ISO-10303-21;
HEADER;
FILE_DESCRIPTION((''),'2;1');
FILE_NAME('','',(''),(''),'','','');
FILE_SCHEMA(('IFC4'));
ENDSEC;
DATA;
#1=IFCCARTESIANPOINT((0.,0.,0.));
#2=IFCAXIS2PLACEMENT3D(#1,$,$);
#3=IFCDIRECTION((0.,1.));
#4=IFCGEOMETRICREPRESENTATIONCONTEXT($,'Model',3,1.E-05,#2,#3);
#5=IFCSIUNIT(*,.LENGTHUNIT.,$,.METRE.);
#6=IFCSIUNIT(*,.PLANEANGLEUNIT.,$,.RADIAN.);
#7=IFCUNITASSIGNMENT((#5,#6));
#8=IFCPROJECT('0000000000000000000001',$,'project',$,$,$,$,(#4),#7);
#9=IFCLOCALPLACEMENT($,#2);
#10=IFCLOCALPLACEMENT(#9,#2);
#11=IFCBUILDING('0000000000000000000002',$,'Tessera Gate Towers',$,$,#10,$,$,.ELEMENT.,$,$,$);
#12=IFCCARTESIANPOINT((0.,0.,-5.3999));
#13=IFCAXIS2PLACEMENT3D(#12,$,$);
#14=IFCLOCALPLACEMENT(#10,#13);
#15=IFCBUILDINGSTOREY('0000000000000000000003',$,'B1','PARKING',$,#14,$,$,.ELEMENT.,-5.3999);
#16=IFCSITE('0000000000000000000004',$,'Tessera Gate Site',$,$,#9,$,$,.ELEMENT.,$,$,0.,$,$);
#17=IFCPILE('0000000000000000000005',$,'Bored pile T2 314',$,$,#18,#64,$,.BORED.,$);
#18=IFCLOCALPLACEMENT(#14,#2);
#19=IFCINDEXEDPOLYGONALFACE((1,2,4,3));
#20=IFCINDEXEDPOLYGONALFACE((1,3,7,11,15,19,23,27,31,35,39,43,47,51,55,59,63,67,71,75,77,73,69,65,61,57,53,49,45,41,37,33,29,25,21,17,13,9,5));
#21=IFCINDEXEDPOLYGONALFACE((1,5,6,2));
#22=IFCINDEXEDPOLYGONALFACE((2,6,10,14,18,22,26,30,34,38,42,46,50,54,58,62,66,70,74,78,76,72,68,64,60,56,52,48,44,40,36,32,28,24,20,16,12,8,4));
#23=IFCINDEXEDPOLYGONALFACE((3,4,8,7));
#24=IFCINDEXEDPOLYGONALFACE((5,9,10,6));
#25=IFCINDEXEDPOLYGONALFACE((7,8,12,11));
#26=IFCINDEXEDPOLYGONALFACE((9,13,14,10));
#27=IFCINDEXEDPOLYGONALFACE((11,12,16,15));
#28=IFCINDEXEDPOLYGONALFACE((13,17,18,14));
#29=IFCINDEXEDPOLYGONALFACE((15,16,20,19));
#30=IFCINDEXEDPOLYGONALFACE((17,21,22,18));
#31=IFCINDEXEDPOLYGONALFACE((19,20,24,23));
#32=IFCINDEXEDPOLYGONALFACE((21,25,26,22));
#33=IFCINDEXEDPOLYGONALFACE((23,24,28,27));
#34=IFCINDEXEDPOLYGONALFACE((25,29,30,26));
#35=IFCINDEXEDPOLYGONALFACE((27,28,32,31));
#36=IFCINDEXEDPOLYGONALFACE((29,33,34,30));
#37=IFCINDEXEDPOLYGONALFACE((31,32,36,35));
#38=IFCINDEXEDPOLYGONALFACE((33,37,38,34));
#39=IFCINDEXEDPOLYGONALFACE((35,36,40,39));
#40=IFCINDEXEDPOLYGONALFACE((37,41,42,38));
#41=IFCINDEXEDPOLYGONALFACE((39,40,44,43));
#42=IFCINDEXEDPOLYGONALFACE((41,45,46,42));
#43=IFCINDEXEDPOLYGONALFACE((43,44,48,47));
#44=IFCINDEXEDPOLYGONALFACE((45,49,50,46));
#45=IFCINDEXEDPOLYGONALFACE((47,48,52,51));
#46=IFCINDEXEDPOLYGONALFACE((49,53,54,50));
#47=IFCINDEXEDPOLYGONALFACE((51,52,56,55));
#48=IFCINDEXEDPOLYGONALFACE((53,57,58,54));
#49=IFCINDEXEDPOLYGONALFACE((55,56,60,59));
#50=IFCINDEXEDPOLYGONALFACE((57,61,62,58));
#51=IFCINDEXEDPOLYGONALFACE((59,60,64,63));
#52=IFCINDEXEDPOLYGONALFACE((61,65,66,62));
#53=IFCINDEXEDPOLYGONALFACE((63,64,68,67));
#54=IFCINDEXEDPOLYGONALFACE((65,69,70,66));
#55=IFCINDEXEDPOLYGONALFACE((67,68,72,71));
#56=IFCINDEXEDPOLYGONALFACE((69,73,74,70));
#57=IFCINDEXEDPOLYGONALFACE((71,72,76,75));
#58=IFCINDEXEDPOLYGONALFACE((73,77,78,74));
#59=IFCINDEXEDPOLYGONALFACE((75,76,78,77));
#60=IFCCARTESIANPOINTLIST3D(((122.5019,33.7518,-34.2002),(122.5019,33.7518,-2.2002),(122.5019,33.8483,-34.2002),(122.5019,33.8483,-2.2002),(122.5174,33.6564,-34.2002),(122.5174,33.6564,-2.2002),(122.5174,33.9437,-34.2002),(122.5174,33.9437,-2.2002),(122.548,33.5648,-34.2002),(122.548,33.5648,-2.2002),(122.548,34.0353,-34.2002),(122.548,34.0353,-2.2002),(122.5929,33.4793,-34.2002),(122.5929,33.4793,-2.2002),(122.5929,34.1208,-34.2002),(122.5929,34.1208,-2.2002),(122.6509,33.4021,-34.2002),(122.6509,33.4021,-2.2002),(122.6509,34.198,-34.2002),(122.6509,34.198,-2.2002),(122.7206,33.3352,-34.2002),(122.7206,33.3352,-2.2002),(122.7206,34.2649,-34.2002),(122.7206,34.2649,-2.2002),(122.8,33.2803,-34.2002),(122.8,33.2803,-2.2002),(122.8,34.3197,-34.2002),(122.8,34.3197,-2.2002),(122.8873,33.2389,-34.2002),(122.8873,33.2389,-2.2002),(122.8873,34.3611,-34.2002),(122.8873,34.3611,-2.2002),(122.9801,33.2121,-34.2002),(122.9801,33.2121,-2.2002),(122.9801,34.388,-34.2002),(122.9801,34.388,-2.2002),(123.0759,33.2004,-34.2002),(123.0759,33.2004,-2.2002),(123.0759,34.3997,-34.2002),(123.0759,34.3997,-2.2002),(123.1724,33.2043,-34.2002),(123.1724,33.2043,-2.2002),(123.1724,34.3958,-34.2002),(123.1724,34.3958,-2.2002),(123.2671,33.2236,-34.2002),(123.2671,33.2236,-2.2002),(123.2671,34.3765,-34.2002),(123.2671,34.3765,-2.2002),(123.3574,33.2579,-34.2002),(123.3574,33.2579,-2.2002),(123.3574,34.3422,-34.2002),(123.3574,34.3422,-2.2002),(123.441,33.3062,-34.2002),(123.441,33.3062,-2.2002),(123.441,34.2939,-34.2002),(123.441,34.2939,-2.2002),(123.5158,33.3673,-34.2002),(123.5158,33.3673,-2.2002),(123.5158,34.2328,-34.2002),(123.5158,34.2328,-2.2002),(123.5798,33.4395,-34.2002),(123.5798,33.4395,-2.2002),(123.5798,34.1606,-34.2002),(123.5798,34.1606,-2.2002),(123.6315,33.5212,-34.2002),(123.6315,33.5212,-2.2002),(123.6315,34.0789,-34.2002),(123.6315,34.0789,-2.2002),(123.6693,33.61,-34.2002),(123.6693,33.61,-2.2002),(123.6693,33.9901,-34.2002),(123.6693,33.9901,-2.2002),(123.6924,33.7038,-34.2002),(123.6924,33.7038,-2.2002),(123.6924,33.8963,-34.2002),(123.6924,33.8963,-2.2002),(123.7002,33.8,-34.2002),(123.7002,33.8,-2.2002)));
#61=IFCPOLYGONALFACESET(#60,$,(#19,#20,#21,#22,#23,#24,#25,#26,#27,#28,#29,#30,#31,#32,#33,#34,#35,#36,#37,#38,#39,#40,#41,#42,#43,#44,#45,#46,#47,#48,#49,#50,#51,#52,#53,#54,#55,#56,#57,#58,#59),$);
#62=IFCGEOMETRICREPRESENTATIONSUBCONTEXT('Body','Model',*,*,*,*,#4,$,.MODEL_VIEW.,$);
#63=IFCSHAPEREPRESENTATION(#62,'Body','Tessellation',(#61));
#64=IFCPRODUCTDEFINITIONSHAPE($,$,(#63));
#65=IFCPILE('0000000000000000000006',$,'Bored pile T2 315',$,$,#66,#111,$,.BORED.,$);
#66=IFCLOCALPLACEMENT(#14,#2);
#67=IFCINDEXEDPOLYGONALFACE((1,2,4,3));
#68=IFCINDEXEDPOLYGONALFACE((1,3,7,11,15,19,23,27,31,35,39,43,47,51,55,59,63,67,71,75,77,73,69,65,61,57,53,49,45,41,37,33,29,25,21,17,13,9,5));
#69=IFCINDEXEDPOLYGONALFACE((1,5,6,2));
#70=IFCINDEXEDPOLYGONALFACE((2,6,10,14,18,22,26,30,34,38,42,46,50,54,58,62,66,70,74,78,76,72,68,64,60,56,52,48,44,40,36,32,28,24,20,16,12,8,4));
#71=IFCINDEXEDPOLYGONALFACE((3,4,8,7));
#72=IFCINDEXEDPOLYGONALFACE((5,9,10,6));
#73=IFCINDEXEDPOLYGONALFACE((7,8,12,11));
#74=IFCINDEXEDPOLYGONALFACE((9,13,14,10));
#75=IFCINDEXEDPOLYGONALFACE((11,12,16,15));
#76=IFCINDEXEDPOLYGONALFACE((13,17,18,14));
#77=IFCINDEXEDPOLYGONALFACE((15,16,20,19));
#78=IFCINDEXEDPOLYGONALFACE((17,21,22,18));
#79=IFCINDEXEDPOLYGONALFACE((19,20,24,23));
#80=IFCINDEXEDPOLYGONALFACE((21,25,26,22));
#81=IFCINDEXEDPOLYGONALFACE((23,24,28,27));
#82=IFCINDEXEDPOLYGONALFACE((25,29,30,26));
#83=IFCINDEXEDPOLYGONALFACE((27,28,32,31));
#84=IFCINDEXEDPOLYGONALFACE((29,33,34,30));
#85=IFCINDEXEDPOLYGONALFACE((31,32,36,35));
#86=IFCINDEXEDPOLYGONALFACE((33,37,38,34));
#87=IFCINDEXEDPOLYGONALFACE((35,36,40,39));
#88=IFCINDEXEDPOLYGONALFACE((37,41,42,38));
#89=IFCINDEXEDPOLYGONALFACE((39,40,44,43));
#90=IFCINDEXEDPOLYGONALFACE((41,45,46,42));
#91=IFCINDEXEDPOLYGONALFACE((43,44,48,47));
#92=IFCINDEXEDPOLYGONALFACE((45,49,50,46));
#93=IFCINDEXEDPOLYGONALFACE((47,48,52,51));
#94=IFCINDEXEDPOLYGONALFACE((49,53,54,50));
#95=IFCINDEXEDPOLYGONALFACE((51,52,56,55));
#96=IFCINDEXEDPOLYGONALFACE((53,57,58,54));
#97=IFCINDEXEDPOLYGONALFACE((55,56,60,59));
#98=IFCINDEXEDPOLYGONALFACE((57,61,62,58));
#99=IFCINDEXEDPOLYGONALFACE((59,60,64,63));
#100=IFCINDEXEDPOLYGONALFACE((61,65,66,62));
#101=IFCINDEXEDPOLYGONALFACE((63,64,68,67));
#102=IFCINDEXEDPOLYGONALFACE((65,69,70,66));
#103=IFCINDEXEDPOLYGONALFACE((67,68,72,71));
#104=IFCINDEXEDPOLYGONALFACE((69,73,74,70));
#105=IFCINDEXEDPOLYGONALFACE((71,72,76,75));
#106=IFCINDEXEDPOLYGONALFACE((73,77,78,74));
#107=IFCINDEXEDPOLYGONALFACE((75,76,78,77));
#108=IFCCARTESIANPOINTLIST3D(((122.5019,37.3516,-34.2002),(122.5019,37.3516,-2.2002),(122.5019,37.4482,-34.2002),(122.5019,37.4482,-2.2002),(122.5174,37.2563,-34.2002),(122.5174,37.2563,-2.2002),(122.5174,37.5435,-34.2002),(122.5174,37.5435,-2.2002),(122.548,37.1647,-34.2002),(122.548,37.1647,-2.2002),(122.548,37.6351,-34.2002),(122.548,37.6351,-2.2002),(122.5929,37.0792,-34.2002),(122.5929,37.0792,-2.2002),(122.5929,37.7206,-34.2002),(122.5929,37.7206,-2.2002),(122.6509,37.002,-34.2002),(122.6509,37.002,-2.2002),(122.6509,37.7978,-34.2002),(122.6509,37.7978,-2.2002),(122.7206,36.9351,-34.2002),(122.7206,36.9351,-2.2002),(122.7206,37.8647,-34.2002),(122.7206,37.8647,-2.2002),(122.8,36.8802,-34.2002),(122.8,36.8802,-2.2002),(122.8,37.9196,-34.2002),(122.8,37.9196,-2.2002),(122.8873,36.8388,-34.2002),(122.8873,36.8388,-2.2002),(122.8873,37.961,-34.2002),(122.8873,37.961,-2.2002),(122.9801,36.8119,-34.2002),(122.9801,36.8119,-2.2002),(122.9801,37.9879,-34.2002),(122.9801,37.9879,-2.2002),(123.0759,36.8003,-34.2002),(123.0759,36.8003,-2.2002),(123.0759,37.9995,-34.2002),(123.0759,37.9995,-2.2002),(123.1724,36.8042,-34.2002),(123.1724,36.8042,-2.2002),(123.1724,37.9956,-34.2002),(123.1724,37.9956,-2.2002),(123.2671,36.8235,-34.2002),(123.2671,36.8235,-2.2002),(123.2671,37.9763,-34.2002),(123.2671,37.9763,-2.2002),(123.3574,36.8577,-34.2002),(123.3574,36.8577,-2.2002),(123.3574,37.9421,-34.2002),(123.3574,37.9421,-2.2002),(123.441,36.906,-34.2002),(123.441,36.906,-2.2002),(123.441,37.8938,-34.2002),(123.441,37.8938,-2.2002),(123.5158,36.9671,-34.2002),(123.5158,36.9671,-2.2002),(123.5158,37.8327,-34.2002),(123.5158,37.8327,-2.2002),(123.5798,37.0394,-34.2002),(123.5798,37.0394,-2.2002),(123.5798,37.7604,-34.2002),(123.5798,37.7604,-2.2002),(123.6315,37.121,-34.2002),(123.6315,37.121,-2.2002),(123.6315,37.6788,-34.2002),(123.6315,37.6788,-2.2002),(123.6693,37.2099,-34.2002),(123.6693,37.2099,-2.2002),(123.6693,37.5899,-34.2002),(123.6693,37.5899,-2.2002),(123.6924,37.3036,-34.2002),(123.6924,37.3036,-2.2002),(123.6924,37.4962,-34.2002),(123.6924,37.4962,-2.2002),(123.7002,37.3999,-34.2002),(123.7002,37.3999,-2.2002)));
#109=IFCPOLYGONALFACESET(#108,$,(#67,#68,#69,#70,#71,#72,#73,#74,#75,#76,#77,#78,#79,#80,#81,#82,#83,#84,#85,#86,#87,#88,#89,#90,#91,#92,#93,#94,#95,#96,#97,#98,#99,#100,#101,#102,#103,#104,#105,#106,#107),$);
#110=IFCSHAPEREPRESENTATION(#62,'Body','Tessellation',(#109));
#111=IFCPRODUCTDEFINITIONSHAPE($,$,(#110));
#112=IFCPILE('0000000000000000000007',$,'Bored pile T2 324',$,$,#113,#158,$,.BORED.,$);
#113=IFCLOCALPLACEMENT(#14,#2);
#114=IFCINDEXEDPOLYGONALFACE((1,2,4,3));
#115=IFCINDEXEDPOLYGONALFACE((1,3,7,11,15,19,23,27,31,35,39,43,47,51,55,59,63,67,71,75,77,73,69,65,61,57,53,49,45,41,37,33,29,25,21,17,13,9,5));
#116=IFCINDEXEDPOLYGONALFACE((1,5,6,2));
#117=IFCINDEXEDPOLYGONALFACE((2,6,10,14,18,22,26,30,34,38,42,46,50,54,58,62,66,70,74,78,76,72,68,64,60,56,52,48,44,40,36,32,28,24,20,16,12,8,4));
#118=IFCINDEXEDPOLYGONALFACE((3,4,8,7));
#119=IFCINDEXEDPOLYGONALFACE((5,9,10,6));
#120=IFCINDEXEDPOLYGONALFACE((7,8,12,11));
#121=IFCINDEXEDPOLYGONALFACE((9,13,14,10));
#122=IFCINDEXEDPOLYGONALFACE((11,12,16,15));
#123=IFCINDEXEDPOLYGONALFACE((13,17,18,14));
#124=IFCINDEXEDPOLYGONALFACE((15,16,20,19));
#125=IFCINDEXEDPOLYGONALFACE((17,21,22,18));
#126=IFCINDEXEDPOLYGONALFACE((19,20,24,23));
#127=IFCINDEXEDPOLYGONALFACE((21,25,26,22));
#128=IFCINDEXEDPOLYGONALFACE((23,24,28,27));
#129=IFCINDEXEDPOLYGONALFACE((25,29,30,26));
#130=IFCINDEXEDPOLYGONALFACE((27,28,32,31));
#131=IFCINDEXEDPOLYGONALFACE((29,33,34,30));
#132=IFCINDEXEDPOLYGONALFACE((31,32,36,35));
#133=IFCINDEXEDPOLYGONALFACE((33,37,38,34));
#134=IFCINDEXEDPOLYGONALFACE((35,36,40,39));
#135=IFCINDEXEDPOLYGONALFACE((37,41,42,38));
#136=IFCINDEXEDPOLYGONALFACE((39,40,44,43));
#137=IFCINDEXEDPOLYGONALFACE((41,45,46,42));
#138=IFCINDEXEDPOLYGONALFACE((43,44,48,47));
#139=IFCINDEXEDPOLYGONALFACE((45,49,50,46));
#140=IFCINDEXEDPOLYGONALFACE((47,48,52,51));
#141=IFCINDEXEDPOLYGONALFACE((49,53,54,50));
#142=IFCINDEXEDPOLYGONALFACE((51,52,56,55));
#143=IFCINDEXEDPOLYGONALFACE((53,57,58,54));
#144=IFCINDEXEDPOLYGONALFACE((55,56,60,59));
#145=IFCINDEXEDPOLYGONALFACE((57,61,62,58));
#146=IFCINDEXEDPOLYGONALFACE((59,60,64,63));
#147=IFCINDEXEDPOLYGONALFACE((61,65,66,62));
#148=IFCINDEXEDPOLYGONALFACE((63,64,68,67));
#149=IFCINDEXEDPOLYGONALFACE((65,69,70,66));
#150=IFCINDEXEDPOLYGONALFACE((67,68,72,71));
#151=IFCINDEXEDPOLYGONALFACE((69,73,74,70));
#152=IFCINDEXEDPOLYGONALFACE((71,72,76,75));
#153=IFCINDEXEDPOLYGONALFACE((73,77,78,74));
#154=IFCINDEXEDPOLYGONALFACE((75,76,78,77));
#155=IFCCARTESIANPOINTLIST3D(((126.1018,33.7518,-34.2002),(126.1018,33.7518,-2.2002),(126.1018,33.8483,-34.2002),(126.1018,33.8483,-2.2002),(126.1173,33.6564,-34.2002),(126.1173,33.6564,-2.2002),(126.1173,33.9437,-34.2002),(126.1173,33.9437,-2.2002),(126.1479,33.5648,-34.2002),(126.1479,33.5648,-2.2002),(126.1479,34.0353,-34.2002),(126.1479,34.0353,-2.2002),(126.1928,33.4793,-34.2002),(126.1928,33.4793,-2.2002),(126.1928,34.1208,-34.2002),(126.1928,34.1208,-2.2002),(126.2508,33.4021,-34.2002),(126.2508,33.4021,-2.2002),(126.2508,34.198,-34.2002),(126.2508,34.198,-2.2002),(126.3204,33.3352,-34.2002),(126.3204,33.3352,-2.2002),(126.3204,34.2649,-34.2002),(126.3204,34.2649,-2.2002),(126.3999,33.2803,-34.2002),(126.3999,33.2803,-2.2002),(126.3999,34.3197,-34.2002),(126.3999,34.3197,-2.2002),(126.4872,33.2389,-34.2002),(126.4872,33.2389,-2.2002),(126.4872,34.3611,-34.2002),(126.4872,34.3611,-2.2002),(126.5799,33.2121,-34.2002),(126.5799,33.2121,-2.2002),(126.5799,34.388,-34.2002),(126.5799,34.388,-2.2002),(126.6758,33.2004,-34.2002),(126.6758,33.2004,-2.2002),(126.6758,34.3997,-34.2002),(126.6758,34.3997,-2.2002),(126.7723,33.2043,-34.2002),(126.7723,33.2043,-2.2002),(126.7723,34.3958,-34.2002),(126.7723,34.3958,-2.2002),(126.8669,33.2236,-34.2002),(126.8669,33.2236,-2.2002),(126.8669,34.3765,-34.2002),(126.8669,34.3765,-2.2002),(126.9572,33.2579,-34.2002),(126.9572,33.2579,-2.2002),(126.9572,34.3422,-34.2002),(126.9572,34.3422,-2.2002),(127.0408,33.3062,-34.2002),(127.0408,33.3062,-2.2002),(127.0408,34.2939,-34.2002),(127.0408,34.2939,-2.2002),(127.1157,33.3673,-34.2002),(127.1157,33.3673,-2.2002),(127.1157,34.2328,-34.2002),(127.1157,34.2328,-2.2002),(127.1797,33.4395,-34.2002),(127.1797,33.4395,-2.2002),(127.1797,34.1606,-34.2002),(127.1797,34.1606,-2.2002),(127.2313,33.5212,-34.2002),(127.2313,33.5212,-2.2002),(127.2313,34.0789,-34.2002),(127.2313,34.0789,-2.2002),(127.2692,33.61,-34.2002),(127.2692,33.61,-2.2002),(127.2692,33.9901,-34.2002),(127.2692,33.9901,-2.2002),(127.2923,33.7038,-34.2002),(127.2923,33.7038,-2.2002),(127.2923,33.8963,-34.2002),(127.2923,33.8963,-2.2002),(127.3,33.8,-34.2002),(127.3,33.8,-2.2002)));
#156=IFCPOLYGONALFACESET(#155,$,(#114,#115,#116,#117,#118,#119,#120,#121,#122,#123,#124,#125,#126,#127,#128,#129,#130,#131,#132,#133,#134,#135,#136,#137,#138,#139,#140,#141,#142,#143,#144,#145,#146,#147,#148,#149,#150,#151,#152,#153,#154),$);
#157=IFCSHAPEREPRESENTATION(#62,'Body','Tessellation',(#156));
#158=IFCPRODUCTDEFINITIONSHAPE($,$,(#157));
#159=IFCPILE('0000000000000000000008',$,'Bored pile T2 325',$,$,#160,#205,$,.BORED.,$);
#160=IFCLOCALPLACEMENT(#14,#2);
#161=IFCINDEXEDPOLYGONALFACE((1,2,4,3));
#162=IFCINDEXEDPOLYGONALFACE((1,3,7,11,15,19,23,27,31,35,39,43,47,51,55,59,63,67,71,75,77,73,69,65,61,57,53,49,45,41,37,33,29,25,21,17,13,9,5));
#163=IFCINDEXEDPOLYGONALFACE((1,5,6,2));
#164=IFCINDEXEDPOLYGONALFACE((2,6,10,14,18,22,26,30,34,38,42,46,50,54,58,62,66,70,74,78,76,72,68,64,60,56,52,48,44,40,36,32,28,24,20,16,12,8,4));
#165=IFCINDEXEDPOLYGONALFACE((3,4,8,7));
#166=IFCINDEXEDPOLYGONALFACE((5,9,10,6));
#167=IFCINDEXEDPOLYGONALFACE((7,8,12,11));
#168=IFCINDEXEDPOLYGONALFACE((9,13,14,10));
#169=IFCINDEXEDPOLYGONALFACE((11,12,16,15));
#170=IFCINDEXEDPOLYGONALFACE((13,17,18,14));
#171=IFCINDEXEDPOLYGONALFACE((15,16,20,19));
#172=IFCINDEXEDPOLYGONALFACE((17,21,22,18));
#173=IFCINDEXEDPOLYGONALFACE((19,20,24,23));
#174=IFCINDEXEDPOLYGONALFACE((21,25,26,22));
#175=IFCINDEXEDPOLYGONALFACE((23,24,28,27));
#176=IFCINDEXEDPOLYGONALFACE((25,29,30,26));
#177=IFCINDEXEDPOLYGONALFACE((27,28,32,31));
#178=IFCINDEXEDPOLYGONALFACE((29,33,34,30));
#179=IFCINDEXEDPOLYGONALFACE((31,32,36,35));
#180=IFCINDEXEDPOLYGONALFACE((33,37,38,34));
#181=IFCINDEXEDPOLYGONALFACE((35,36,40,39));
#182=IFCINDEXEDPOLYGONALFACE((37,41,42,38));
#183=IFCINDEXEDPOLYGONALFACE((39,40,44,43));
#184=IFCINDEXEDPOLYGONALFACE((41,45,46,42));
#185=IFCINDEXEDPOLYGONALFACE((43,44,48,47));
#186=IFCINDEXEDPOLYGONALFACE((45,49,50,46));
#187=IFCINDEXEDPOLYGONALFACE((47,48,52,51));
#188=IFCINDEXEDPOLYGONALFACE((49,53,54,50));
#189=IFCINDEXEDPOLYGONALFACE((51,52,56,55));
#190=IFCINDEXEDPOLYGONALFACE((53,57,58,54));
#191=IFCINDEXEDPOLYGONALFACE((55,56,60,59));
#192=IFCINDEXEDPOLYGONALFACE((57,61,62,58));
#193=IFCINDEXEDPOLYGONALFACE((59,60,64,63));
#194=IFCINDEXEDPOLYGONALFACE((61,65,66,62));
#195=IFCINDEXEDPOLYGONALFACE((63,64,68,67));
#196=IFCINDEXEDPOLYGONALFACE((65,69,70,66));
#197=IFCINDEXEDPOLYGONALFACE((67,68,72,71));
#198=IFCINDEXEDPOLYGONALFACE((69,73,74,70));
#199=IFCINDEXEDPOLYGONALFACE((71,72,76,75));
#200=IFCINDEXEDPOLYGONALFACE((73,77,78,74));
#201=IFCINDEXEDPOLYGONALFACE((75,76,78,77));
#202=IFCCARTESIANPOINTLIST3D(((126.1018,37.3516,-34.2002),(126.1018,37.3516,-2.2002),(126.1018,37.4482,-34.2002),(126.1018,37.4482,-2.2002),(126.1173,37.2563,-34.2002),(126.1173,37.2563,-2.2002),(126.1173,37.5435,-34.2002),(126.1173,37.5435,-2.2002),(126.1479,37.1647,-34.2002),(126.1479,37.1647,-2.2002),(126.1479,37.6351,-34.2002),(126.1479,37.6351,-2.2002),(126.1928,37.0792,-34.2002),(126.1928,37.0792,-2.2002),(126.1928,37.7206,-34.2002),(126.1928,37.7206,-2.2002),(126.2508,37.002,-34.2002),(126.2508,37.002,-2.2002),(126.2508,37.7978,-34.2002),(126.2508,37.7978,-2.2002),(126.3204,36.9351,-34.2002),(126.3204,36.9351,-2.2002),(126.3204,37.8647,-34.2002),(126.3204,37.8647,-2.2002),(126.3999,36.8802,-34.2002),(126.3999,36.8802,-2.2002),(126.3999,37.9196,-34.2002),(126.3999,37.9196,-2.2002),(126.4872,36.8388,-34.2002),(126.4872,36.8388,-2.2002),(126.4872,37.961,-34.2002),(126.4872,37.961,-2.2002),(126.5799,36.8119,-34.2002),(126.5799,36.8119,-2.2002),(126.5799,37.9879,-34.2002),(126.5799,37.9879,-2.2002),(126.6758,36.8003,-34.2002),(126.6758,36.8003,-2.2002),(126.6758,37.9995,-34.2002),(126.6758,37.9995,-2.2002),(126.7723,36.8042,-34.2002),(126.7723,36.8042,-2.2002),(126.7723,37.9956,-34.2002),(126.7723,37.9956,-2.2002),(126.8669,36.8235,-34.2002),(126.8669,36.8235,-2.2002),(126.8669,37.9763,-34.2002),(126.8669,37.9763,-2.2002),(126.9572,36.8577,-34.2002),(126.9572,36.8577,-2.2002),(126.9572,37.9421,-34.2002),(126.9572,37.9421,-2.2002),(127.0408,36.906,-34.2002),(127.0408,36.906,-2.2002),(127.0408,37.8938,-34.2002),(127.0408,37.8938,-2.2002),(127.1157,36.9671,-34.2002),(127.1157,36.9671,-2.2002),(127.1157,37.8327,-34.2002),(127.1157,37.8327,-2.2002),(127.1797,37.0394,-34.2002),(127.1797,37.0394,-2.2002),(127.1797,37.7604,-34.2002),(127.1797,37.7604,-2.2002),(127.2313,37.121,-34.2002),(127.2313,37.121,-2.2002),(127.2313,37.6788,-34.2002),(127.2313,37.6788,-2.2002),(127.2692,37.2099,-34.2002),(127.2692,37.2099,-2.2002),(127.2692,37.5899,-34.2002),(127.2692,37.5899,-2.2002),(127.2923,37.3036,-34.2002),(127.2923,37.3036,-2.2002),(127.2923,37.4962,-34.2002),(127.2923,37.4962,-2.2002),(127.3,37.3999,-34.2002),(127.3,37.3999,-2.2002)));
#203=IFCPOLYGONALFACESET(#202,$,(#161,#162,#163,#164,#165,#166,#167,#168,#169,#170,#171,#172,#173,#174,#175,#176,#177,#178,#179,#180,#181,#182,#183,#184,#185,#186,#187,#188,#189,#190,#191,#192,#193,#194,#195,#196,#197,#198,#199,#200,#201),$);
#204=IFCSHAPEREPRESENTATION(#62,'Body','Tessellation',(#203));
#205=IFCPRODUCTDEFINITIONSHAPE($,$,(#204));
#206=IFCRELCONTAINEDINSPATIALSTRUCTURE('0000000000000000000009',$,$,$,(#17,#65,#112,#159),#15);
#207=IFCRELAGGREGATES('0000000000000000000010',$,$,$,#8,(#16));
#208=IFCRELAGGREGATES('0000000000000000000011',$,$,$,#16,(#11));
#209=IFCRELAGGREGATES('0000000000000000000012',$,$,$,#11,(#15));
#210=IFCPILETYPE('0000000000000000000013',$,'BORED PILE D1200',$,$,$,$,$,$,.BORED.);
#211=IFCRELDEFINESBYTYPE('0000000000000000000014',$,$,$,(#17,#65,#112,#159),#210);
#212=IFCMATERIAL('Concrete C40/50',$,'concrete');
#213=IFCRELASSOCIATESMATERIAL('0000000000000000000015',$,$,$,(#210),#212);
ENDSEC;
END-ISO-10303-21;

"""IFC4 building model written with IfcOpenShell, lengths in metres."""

from ifc_helpers import new_model, si_unit, direction, frame, origin, origin_2d, place, context, subcontext, project, spatial, circle, extrude, material, material_profile, profile_set, type_object, element, save


model = new_model("IFC4")

# Units and contexts
model_context = context("Model", 3, precision=1e-05, world=origin(), true_north=direction((0.0, 1.0)))
body_context = subcontext(model_context, "Body", "Model", "MODEL_VIEW")
ifc_project = project(units=[si_unit("LENGTHUNIT", "METRE"), si_unit("PLANEANGLEUNIT", "RADIAN")], contexts=[model_context])

# Site, building, storey
site_placement = place(None, origin())
site = spatial("IfcSite", under=ifc_project, at=site_placement, Name="Tessera Gate Site", CompositionType="ELEMENT", RefElevation=0.0)
building_placement = place(site_placement, origin())
building = spatial("IfcBuilding", under=site, at=building_placement, Name="Tessera Gate Towers", CompositionType="ELEMENT")
storey_placement = place(building_placement, frame((0.0, 0.0, -5.3999)))
storey = spatial("IfcBuildingStorey", under=building, at=storey_placement, Name="B1", Description="PARKING", CompositionType="ELEMENT", Elevation=-5.3999)

# Piles
ifc_material_1 = material(Name="Concrete C40/50", Category="concrete")
ifc_material_profile_1 = material_profile(ifc_material_1, circle(Radius=0.6001, at=origin_2d()), Name="BORED PILE D1200")
ifc_profile_set_1 = profile_set([ifc_material_profile_1], Name="Concrete C40/50")
pile_type = type_object("IfcPileType", Name="BORED PILE D1200", PredefinedType="BORED", material=ifc_profile_set_1)
for number, where, z_axis, x_axis, name in (
    (1, (123.1001, 33.8, -2.2002), (0.0, 0.0, -1.0), (1.0, 0.0, 0.0), "Bored pile T2 314"),
    (2, (123.1001, 37.3999, -2.2002), (0.0, 0.0, -1.0), (1.0, 0.0, 0.0), "Bored pile T2 315"),
    (3, (126.7, 33.8, -2.2002), (0.0, 0.0, -1.0), (1.0, 0.0, 0.0), "Bored pile T2 324"),
    (4, (126.7, 37.3999, -2.2002), (0.0, 0.0, -1.0), (1.0, 0.0, 0.0), "Bored pile T2 325"),
):
    element("IfcPile", number, at=place(storey_placement, frame(where, z_axis=z_axis, x_axis=x_axis)), inside=storey, type_object=pile_type, Name=name, PredefinedType="BORED", context=body_context, shape_type="SweptSolid", body=[
        extrude(circle(Radius=0.6001, at=origin_2d()), origin(), (0.0, 0.0, 1.0), 32.0),
    ])

save(model, "model.ifc")
